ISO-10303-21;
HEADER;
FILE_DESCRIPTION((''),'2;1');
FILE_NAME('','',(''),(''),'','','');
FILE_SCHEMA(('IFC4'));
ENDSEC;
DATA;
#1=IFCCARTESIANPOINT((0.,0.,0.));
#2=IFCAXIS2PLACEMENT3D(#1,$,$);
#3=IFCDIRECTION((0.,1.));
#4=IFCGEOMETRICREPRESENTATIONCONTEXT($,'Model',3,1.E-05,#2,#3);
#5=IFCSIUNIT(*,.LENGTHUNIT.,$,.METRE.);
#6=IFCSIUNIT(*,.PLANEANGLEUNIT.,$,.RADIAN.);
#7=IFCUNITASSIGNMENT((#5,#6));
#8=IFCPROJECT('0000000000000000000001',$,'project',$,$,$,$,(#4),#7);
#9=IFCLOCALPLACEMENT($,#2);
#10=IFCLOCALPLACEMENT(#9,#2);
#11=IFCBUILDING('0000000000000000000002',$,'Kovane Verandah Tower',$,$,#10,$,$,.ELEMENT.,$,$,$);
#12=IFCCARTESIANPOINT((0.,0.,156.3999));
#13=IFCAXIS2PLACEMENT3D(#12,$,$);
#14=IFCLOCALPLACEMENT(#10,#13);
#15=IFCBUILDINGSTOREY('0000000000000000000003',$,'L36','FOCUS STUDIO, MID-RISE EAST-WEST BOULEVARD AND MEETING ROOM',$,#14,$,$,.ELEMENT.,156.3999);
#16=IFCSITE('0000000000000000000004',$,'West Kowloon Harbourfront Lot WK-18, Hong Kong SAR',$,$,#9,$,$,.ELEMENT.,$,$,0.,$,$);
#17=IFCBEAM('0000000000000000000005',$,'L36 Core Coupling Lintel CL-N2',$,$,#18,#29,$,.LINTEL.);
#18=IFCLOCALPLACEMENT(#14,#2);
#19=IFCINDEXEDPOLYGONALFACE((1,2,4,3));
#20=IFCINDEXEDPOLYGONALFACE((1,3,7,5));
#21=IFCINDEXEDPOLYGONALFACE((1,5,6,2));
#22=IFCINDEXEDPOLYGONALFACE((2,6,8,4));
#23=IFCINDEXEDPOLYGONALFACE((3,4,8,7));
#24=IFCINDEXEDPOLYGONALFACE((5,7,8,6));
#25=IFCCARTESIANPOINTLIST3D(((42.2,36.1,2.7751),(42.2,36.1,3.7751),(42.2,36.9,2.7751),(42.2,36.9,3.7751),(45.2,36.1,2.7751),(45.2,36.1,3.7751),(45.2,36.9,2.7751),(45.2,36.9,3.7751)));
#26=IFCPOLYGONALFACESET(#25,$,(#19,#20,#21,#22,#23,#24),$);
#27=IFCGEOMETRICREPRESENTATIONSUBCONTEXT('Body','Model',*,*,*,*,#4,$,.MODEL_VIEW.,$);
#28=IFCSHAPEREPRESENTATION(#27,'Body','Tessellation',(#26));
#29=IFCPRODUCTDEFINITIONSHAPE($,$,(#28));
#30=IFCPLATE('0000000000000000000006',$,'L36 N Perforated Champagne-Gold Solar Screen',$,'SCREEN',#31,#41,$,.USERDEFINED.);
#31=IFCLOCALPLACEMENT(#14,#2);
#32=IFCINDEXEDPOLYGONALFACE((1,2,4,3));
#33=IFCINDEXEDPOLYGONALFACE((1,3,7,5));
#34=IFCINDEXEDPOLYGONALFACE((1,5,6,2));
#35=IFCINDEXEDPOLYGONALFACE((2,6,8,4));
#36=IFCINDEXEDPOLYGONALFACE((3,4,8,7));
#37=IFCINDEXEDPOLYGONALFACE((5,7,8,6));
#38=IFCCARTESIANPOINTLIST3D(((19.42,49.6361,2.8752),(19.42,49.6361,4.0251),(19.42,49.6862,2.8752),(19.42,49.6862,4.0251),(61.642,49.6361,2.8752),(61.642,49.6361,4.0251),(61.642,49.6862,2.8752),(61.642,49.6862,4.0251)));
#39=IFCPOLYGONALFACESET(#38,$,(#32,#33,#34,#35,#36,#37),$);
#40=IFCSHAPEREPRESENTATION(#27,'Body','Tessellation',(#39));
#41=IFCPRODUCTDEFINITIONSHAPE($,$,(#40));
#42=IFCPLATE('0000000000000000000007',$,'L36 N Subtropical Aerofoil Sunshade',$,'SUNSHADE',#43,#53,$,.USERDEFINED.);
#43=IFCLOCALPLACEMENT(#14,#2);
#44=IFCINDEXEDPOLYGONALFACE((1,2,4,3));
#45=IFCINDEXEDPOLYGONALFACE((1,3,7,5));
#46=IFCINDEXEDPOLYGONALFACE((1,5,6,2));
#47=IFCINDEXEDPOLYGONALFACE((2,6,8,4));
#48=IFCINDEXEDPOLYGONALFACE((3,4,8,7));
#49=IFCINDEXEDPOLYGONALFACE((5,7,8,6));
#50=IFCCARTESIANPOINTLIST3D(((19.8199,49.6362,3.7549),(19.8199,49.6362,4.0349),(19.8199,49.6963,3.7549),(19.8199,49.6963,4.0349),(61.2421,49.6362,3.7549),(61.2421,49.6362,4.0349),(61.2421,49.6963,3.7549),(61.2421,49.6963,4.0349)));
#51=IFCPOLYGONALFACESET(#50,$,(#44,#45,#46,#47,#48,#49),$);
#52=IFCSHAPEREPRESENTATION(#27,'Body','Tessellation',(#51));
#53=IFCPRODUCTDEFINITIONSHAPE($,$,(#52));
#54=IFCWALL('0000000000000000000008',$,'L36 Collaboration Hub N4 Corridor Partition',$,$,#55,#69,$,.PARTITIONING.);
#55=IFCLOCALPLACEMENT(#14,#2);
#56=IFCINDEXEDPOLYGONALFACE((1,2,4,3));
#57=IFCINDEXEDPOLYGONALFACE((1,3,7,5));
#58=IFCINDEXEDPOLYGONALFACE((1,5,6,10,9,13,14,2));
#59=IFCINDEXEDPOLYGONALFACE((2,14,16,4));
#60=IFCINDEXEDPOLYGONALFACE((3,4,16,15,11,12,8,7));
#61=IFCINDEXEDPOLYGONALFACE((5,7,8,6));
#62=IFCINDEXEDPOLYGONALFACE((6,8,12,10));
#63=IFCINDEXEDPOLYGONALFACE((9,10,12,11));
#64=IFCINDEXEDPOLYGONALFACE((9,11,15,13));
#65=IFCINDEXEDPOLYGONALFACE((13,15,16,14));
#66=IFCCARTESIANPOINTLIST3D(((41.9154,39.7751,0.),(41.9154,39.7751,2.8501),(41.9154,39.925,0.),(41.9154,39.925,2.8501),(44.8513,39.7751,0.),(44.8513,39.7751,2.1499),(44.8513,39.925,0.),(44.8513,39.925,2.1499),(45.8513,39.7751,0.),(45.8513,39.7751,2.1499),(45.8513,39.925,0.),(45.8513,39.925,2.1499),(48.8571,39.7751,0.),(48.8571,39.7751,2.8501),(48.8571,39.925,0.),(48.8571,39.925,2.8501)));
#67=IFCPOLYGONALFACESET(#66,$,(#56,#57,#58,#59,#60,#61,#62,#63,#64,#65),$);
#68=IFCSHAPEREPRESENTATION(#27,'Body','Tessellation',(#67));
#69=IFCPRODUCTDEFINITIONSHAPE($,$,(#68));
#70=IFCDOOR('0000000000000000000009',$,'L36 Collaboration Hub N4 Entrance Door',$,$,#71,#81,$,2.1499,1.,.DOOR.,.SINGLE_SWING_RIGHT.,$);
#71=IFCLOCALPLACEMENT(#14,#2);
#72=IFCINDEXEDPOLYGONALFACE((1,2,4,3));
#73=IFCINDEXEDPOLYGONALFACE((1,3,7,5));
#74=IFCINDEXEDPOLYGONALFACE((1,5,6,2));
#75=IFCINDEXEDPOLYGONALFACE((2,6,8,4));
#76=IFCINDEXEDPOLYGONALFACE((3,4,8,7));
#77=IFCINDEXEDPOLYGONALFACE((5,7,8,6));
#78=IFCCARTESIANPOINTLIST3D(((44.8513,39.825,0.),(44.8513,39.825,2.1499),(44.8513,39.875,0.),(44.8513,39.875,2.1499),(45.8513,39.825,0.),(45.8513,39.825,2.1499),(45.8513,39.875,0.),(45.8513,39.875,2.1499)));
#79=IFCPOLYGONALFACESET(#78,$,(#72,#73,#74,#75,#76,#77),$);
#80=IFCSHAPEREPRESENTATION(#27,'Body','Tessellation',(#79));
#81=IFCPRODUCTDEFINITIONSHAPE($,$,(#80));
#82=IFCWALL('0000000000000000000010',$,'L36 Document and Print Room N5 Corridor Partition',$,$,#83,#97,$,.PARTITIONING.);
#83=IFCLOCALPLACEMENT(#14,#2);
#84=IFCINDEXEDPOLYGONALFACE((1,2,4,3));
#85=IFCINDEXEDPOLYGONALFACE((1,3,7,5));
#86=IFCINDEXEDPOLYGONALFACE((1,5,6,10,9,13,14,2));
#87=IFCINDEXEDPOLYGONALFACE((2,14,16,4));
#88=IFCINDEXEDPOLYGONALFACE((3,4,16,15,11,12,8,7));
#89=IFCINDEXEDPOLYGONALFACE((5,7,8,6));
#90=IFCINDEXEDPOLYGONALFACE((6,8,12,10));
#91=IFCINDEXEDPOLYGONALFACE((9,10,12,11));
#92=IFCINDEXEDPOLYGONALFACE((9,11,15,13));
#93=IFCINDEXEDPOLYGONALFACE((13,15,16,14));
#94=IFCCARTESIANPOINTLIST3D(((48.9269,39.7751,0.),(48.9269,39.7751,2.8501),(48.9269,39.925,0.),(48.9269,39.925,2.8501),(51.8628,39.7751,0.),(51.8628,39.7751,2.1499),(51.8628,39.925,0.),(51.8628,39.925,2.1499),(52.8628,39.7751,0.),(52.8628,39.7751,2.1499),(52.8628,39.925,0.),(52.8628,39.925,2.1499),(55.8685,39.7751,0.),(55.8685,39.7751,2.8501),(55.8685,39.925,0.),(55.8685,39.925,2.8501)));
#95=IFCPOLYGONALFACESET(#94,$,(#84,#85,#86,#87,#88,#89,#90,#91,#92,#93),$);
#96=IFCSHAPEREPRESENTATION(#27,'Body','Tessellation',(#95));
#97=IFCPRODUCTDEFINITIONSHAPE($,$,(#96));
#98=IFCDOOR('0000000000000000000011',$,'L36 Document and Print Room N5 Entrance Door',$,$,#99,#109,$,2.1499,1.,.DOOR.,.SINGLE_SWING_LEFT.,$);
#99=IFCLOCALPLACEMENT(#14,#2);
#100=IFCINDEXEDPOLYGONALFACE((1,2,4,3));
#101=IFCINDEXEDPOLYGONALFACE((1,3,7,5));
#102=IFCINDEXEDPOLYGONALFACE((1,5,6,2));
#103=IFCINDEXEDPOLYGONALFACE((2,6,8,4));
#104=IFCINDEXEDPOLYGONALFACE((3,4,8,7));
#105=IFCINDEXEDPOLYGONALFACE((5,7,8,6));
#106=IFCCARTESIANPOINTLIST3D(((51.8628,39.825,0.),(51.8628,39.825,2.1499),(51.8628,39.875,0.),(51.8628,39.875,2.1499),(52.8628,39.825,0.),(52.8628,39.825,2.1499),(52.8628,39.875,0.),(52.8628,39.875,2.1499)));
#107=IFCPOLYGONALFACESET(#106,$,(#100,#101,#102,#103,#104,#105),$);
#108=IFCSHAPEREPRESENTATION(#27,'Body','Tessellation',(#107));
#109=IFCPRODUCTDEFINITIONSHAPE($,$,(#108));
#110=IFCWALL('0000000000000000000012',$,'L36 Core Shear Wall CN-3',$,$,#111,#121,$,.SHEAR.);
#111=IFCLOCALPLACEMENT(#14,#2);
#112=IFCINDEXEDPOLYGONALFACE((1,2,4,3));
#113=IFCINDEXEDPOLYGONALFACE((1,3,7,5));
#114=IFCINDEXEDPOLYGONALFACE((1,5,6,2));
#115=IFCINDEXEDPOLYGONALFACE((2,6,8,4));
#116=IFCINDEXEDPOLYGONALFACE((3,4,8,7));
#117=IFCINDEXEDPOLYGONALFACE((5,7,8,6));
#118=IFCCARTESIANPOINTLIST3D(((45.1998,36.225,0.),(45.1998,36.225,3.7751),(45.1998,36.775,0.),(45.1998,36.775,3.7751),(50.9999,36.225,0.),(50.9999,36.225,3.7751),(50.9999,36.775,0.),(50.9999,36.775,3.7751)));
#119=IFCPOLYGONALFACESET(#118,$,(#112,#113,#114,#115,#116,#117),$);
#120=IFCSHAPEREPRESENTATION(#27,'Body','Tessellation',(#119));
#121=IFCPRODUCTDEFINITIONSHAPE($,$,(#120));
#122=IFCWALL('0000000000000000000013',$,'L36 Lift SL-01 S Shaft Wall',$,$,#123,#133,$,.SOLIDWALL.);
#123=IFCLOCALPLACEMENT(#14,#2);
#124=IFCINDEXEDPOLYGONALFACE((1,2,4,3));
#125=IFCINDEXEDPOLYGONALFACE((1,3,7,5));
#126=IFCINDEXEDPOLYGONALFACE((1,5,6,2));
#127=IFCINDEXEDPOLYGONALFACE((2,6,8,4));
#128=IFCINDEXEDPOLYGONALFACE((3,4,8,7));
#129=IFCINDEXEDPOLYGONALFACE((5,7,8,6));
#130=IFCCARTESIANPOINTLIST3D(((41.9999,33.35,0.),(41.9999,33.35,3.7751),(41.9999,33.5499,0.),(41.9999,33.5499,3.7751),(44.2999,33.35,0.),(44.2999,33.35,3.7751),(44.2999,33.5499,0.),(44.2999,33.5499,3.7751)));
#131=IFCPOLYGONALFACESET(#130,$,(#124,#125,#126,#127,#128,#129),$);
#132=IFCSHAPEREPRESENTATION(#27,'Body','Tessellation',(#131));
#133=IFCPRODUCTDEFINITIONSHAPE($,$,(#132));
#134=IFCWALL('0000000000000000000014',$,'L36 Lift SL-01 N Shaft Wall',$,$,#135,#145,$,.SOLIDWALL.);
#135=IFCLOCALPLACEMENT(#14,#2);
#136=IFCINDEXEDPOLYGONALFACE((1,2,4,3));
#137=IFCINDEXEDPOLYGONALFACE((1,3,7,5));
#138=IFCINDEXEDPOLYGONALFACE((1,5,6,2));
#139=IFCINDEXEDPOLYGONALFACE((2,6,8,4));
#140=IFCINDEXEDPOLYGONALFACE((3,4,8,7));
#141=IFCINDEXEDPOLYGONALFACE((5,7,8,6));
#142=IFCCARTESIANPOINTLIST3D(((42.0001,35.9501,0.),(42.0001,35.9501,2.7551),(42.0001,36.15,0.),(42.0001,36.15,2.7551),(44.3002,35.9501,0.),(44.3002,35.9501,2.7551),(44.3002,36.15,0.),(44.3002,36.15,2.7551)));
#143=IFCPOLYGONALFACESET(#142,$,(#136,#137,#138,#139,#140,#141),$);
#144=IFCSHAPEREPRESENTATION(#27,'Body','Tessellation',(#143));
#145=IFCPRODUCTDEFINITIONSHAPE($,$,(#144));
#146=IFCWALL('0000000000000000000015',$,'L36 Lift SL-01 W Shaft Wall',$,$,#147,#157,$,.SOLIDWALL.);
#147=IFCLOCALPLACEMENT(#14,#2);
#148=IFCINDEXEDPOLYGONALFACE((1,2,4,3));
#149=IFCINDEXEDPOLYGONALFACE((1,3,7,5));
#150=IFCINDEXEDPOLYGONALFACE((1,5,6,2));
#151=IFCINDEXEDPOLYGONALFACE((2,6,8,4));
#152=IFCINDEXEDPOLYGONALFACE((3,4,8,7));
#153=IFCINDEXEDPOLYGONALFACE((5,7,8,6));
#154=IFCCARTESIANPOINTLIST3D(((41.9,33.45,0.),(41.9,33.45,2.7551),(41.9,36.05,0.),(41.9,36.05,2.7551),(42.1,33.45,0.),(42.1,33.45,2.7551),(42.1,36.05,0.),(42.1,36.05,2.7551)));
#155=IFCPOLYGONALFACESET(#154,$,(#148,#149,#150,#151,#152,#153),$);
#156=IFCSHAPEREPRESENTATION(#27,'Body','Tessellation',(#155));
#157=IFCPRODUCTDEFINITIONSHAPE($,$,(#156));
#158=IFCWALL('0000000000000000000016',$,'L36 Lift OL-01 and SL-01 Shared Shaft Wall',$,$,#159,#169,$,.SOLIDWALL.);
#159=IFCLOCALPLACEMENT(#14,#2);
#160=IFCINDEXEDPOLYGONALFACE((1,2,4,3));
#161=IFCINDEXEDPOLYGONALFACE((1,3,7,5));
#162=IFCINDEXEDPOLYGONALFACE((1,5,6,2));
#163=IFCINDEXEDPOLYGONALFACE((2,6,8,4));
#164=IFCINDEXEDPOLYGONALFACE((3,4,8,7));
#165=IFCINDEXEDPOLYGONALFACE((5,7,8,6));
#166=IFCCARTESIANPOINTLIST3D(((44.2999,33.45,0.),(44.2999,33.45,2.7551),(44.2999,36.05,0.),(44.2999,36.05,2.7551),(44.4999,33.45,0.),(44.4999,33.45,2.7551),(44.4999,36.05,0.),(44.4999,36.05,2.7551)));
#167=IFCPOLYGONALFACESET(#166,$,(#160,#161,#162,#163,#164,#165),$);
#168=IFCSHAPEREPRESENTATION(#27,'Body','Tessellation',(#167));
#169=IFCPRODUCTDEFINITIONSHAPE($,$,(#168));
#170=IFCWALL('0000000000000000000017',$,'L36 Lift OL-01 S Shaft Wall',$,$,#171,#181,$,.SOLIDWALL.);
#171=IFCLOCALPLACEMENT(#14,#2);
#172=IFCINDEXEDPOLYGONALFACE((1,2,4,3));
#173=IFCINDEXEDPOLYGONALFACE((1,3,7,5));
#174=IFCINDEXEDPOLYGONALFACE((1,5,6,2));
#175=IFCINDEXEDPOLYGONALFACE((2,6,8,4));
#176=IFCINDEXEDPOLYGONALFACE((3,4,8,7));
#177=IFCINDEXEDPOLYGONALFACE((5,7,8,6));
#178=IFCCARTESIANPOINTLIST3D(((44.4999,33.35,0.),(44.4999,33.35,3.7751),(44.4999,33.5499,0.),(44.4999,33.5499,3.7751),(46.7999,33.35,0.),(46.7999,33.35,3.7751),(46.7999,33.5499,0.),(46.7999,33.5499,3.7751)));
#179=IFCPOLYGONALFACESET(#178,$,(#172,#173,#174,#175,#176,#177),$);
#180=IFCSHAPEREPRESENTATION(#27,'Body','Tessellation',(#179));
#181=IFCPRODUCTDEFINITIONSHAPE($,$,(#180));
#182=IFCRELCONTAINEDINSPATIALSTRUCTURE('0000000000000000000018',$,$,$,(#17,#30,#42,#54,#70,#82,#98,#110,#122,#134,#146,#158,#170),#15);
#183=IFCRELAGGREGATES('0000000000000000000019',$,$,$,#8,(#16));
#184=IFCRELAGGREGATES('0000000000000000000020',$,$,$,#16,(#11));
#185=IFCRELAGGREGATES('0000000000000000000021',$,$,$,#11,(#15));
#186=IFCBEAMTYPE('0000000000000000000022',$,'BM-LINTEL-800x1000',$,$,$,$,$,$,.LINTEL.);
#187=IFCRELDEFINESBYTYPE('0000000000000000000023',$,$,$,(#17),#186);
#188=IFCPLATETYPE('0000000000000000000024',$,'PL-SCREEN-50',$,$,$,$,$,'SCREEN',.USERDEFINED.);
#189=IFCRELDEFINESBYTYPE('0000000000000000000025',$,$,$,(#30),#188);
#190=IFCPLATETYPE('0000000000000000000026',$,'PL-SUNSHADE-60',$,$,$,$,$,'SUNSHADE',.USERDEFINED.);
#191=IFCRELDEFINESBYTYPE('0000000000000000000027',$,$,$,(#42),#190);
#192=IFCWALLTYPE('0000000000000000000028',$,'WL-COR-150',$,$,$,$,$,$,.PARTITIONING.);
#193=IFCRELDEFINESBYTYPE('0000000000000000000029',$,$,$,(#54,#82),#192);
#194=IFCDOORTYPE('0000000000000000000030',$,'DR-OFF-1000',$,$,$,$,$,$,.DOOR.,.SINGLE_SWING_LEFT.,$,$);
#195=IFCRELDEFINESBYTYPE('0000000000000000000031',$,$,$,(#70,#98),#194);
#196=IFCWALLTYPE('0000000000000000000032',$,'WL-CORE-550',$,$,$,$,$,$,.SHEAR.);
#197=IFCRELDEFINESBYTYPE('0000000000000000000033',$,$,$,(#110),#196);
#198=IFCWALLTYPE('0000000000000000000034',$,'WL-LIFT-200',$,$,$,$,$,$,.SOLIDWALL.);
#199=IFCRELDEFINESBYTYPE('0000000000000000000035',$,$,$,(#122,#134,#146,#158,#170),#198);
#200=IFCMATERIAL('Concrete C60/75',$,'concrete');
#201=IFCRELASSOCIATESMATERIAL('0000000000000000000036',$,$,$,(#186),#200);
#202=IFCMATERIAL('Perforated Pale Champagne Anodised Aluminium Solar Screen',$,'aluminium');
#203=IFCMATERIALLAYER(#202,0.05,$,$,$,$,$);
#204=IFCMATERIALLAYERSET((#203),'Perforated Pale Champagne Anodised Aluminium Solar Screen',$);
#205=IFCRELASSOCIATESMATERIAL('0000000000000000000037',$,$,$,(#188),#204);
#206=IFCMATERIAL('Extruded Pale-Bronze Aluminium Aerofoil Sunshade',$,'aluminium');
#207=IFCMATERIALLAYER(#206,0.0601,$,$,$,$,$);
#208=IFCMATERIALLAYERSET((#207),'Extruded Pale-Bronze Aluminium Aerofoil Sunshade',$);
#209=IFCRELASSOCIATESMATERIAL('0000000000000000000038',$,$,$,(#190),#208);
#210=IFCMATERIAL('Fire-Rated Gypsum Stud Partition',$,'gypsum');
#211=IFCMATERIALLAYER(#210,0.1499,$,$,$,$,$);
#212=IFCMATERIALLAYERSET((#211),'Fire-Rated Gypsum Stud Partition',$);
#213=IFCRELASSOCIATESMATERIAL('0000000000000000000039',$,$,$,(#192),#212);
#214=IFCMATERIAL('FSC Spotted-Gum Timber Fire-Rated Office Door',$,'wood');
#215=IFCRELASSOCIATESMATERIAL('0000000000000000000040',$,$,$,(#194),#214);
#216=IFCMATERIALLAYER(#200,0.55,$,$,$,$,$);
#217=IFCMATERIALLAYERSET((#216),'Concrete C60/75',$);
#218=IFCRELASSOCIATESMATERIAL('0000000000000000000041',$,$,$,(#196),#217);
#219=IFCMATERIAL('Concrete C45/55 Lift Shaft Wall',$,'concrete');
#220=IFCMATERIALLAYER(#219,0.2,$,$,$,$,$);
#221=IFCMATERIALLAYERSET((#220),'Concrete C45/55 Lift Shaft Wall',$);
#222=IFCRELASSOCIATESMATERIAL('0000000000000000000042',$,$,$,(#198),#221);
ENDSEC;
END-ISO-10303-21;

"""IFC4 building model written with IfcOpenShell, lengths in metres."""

from ifc_helpers import new_model, si_unit, direction, frame, frame_2d, origin, origin_2d, place, context, subcontext, project, spatial, rectangle, extrude, material, layer, layer_set, material_profile, profile_set, type_object, element, fill, save


model = new_model("IFC4")

# Units and contexts
model_context = context("Model", 3, precision=1e-05, world=origin(), true_north=direction((0.0, 1.0)))
body_context = subcontext(model_context, "Body", "Model", "MODEL_VIEW")
ifc_project = project(units=[si_unit("LENGTHUNIT", "METRE"), si_unit("PLANEANGLEUNIT", "RADIAN")], contexts=[model_context])

# Site, building, storey
site_placement = place(None, origin())
site = spatial("IfcSite", under=ifc_project, at=site_placement, Name="West Kowloon Harbourfront Lot WK-18, Hong Kong SAR", CompositionType="ELEMENT", RefElevation=0.0)
building_placement = place(site_placement, origin())
building = spatial("IfcBuilding", under=site, at=building_placement, Name="Kovane Verandah Tower", CompositionType="ELEMENT")
storey_placement = place(building_placement, frame((0.0, 0.0, 156.3999)))
storey = spatial("IfcBuildingStorey", under=building, at=storey_placement, Name="L36", Description="FOCUS STUDIO, MID-RISE EAST-WEST BOULEVARD AND MEETING ROOM", CompositionType="ELEMENT", Elevation=156.3999)

# Beam
ifc_material_1 = material(Name="Concrete C60/75", Category="concrete")
ifc_material_profile = material_profile(ifc_material_1, rectangle(XDim=0.8, YDim=1.0, at=origin_2d()), Name="RCB800x1000")
ifc_profile_set = profile_set([ifc_material_profile], Name="Concrete C60/75")
beam_type = type_object("IfcBeamType", Name="BM-LINTEL-800x1000", PredefinedType="LINTEL", material=ifc_profile_set)
beam_placement = place(storey_placement, frame((42.2, 36.5, 3.2751), z_axis=(1.0, 0.0, 0.0), x_axis=(0.0, 1.0, 0.0)))
element("IfcBeam", 1, at=beam_placement, inside=storey, type_object=beam_type, Name="L36 Core Coupling Lintel CL-N2", PredefinedType="LINTEL", context=body_context, shape_type="SweptSolid", body=[
    extrude(rectangle(XDim=0.8, YDim=1.0, at=origin_2d()), origin(), (0.0, 0.0, 1.0), 3.0),
])

# Plates
ifc_material_2 = material(Name="Perforated Pale Champagne Anodised Aluminium Solar Screen", Category="aluminium")
ifc_layer_1 = layer(ifc_material_2, 0.05)
ifc_layer_set_1 = layer_set([ifc_layer_1], Name="Perforated Pale Champagne Anodised Aluminium Solar Screen")
plate_type_1 = type_object("IfcPlateType", Name="PL-SCREEN-50", ElementType="SCREEN", PredefinedType="USERDEFINED", material=ifc_layer_set_1)
plate_1_placement = place(storey_placement, frame((40.531, 49.6611, 2.8752), z_axis=(0.0, 0.0, 1.0), x_axis=(-1.0, 0.0, 0.0)))
element("IfcPlate", 2, at=plate_1_placement, inside=storey, type_object=plate_type_1, Name="L36 N Perforated Champagne-Gold Solar Screen", ObjectType="SCREEN", PredefinedType="USERDEFINED", context=body_context, shape_type="SweptSolid", body=[
    extrude(rectangle(XDim=42.2219, YDim=0.05, at=origin_2d()), origin(), (0.0, 0.0, 1.0), 1.1499),
])
ifc_material_3 = material(Name="Extruded Pale-Bronze Aluminium Aerofoil Sunshade", Category="aluminium")
ifc_layer_2 = layer(ifc_material_3, 0.0601)
ifc_layer_set_2 = layer_set([ifc_layer_2], Name="Extruded Pale-Bronze Aluminium Aerofoil Sunshade")
plate_type_2 = type_object("IfcPlateType", Name="PL-SUNSHADE-60", ElementType="SUNSHADE", PredefinedType="USERDEFINED", material=ifc_layer_set_2)
plate_2_placement = place(storey_placement, frame((40.531, 49.6663, 3.7549), z_axis=(0.0, 0.0, 1.0), x_axis=(-1.0, 0.0, 0.0)))
element("IfcPlate", 3, at=plate_2_placement, inside=storey, type_object=plate_type_2, Name="L36 N Subtropical Aerofoil Sunshade", ObjectType="SUNSHADE", PredefinedType="USERDEFINED", context=body_context, shape_type="SweptSolid", body=[
    extrude(rectangle(XDim=41.4221, YDim=0.0601, at=origin_2d()), origin(), (0.0, 0.0, 1.0), 0.28),
])

# Walls, openings, doors
ifc_material_4 = material(Name="Fire-Rated Gypsum Stud Partition", Category="gypsum")
ifc_layer_3 = layer(ifc_material_4, 0.1499)
ifc_layer_set_3 = layer_set([ifc_layer_3], Name="Fire-Rated Gypsum Stud Partition")
wall_type_1 = type_object("IfcWallType", Name="WL-COR-150", PredefinedType="PARTITIONING", material=ifc_layer_set_3)
wall_1_placement = place(storey_placement, frame((41.9155, 39.8501, 0.0), z_axis=(0.0, 0.0, 1.0), x_axis=(1.0, 0.0, 0.0)))
wall_1 = element("IfcWall", 4, at=wall_1_placement, inside=storey, type_object=wall_type_1, Name="L36 Collaboration Hub N4 Corridor Partition", PredefinedType="PARTITIONING", context=body_context, shape_type="SweptSolid", body=[
    extrude(rectangle(XDim=6.9417, YDim=0.1499, at=frame_2d((3.4707, 0.0))), origin(), (0.0, 0.0, 1.0), 2.8501),
])
opening_1_placement = place(wall_1_placement, frame((2.9358, 0.0, 0.0)))
opening_1 = element("IfcOpeningElement", 5, at=opening_1_placement, cuts=wall_1, PredefinedType="OPENING", context=body_context, shape_type="SweptSolid", body=[
    extrude(rectangle(XDim=1.0, YDim=2.1499, at=frame_2d((0.5, 1.075))), frame((0.0, 0.075, 0.0), z_axis=(0.0, -1.0, 0.0), x_axis=(1.0, 0.0, 0.0)), (0.0, 0.0, 1.0), 0.1499),
])
ifc_material_5 = material(Name="FSC Spotted-Gum Timber Fire-Rated Office Door", Category="wood")
door_type = type_object("IfcDoorType", Name="DR-OFF-1000", OperationType="SINGLE_SWING_LEFT", PredefinedType="DOOR", material=ifc_material_5)
door_1_placement = place(opening_1_placement, origin())
door_1 = element("IfcDoor", 6, at=door_1_placement, inside=storey, type_object=door_type, Name="L36 Collaboration Hub N4 Entrance Door", OperationType="SINGLE_SWING_RIGHT", OverallHeight=2.1499, OverallWidth=1.0, PredefinedType="DOOR", context=body_context, shape_type="SweptSolid", body=[
    extrude(rectangle(XDim=1.0, YDim=2.1499, at=frame_2d((0.5, 1.075))), frame((0.0, 0.0249, 0.0), z_axis=(0.0, -1.0, 0.0), x_axis=(1.0, 0.0, 0.0)), (0.0, 0.0, 1.0), 0.05),
])
fill(opening_1, door_1)
wall_2_placement = place(storey_placement, frame((48.927, 39.8501, 0.0), z_axis=(0.0, 0.0, 1.0), x_axis=(1.0, 0.0, 0.0)))
wall_2 = element("IfcWall", 7, at=wall_2_placement, inside=storey, type_object=wall_type_1, Name="L36 Document and Print Room N5 Corridor Partition", PredefinedType="PARTITIONING", context=body_context, shape_type="SweptSolid", body=[
    extrude(rectangle(XDim=6.9417, YDim=0.1499, at=frame_2d((3.4707, 0.0))), origin(), (0.0, 0.0, 1.0), 2.8501),
])
opening_2_placement = place(wall_2_placement, frame((2.9358, 0.0, 0.0)))
opening_2 = element("IfcOpeningElement", 8, at=opening_2_placement, cuts=wall_2, PredefinedType="OPENING", context=body_context, shape_type="SweptSolid", body=[
    extrude(rectangle(XDim=1.0, YDim=2.1499, at=frame_2d((0.5, 1.075))), frame((0.0, 0.075, 0.0), z_axis=(0.0, -1.0, 0.0), x_axis=(1.0, 0.0, 0.0)), (0.0, 0.0, 1.0), 0.1499),
])
door_2_placement = place(opening_2_placement, origin())
door_2 = element("IfcDoor", 9, at=door_2_placement, inside=storey, type_object=door_type, Name="L36 Document and Print Room N5 Entrance Door", OperationType="SINGLE_SWING_LEFT", OverallHeight=2.1499, OverallWidth=1.0, PredefinedType="DOOR", context=body_context, shape_type="SweptSolid", body=[
    extrude(rectangle(XDim=1.0, YDim=2.1499, at=frame_2d((0.5, 1.075))), frame((0.0, 0.0249, 0.0), z_axis=(0.0, -1.0, 0.0), x_axis=(1.0, 0.0, 0.0)), (0.0, 0.0, 1.0), 0.05),
])
fill(opening_2, door_2)

# Walls
ifc_layer_4 = layer(ifc_material_1, 0.55)
ifc_layer_set_4 = layer_set([ifc_layer_4], Name="Concrete C60/75")
wall_type_2 = type_object("IfcWallType", Name="WL-CORE-550", PredefinedType="SHEAR", material=ifc_layer_set_4)
wall_3_placement = place(storey_placement, frame((45.2, 36.5, 0.0), z_axis=(0.0, 0.0, 1.0), x_axis=(1.0, 0.0, 0.0)))
element("IfcWall", 10, at=wall_3_placement, inside=storey, type_object=wall_type_2, Name="L36 Core Shear Wall CN-3", PredefinedType="SHEAR", context=body_context, shape_type="SweptSolid", body=[
    extrude(rectangle(XDim=5.8, YDim=0.55, at=frame_2d((2.8999, 0.0))), origin(), (0.0, 0.0, 1.0), 3.7751),
])
ifc_material_6 = material(Name="Concrete C45/55 Lift Shaft Wall", Category="concrete")
ifc_layer_5 = layer(ifc_material_6, 0.2)
ifc_layer_set_5 = layer_set([ifc_layer_5], Name="Concrete C45/55 Lift Shaft Wall")
wall_type_3 = type_object("IfcWallType", Name="WL-LIFT-200", PredefinedType="SOLIDWALL", material=ifc_layer_set_5)
wall_4_placement = place(storey_placement, frame((42.0, 33.45, 0.0), z_axis=(0.0, 0.0, 1.0), x_axis=(1.0, 0.0, 0.0)))
element("IfcWall", 11, at=wall_4_placement, inside=storey, type_object=wall_type_3, Name="L36 Lift SL-01 S Shaft Wall", PredefinedType="SOLIDWALL", context=body_context, shape_type="SweptSolid", body=[
    extrude(rectangle(XDim=2.3, YDim=0.2, at=frame_2d((1.1499, 0.0))), origin(), (0.0, 0.0, 1.0), 3.7751),
])
wall_5_placement = place(storey_placement, frame((44.3, 36.05, 0.0), z_axis=(0.0, 0.0, 1.0), x_axis=(-1.0, 0.0, 0.0)))
element("IfcWall", 12, at=wall_5_placement, inside=storey, type_object=wall_type_3, Name="L36 Lift SL-01 N Shaft Wall", PredefinedType="SOLIDWALL", context=body_context, shape_type="SweptSolid", body=[
    extrude(rectangle(XDim=2.3, YDim=0.2, at=frame_2d((1.1499, 0.0))), origin(), (0.0, 0.0, 1.0), 2.7551),
])
for number, where, z_axis, x_axis, name in (
    (13, (42.0, 36.05, 0.0), (0.0, 0.0, 1.0), (0.0, -1.0, 0.0), "L36 Lift SL-01 W Shaft Wall"),
    (14, (44.3999, 33.45, 0.0), (0.0, 0.0, 1.0), (0.0, 1.0, 0.0), "L36 Lift OL-01 and SL-01 Shared Shaft Wall"),
):
    element("IfcWall", number, at=place(storey_placement, frame(where, z_axis=z_axis, x_axis=x_axis)), inside=storey, type_object=wall_type_3, Name=name, PredefinedType="SOLIDWALL", context=body_context, shape_type="SweptSolid", body=[
        extrude(rectangle(XDim=2.6001, YDim=0.2, at=frame_2d((1.3, 0.0))), origin(), (0.0, 0.0, 1.0), 2.7551),
    ])
wall_6_placement = place(storey_placement, frame((44.5, 33.45, 0.0), z_axis=(0.0, 0.0, 1.0), x_axis=(1.0, 0.0, 0.0)))
element("IfcWall", 15, at=wall_6_placement, inside=storey, type_object=wall_type_3, Name="L36 Lift OL-01 S Shaft Wall", PredefinedType="SOLIDWALL", context=body_context, shape_type="SweptSolid", body=[
    extrude(rectangle(XDim=2.3, YDim=0.2, at=frame_2d((1.1499, 0.0))), origin(), (0.0, 0.0, 1.0), 3.7751),
])

save(model, "model.ifc")
